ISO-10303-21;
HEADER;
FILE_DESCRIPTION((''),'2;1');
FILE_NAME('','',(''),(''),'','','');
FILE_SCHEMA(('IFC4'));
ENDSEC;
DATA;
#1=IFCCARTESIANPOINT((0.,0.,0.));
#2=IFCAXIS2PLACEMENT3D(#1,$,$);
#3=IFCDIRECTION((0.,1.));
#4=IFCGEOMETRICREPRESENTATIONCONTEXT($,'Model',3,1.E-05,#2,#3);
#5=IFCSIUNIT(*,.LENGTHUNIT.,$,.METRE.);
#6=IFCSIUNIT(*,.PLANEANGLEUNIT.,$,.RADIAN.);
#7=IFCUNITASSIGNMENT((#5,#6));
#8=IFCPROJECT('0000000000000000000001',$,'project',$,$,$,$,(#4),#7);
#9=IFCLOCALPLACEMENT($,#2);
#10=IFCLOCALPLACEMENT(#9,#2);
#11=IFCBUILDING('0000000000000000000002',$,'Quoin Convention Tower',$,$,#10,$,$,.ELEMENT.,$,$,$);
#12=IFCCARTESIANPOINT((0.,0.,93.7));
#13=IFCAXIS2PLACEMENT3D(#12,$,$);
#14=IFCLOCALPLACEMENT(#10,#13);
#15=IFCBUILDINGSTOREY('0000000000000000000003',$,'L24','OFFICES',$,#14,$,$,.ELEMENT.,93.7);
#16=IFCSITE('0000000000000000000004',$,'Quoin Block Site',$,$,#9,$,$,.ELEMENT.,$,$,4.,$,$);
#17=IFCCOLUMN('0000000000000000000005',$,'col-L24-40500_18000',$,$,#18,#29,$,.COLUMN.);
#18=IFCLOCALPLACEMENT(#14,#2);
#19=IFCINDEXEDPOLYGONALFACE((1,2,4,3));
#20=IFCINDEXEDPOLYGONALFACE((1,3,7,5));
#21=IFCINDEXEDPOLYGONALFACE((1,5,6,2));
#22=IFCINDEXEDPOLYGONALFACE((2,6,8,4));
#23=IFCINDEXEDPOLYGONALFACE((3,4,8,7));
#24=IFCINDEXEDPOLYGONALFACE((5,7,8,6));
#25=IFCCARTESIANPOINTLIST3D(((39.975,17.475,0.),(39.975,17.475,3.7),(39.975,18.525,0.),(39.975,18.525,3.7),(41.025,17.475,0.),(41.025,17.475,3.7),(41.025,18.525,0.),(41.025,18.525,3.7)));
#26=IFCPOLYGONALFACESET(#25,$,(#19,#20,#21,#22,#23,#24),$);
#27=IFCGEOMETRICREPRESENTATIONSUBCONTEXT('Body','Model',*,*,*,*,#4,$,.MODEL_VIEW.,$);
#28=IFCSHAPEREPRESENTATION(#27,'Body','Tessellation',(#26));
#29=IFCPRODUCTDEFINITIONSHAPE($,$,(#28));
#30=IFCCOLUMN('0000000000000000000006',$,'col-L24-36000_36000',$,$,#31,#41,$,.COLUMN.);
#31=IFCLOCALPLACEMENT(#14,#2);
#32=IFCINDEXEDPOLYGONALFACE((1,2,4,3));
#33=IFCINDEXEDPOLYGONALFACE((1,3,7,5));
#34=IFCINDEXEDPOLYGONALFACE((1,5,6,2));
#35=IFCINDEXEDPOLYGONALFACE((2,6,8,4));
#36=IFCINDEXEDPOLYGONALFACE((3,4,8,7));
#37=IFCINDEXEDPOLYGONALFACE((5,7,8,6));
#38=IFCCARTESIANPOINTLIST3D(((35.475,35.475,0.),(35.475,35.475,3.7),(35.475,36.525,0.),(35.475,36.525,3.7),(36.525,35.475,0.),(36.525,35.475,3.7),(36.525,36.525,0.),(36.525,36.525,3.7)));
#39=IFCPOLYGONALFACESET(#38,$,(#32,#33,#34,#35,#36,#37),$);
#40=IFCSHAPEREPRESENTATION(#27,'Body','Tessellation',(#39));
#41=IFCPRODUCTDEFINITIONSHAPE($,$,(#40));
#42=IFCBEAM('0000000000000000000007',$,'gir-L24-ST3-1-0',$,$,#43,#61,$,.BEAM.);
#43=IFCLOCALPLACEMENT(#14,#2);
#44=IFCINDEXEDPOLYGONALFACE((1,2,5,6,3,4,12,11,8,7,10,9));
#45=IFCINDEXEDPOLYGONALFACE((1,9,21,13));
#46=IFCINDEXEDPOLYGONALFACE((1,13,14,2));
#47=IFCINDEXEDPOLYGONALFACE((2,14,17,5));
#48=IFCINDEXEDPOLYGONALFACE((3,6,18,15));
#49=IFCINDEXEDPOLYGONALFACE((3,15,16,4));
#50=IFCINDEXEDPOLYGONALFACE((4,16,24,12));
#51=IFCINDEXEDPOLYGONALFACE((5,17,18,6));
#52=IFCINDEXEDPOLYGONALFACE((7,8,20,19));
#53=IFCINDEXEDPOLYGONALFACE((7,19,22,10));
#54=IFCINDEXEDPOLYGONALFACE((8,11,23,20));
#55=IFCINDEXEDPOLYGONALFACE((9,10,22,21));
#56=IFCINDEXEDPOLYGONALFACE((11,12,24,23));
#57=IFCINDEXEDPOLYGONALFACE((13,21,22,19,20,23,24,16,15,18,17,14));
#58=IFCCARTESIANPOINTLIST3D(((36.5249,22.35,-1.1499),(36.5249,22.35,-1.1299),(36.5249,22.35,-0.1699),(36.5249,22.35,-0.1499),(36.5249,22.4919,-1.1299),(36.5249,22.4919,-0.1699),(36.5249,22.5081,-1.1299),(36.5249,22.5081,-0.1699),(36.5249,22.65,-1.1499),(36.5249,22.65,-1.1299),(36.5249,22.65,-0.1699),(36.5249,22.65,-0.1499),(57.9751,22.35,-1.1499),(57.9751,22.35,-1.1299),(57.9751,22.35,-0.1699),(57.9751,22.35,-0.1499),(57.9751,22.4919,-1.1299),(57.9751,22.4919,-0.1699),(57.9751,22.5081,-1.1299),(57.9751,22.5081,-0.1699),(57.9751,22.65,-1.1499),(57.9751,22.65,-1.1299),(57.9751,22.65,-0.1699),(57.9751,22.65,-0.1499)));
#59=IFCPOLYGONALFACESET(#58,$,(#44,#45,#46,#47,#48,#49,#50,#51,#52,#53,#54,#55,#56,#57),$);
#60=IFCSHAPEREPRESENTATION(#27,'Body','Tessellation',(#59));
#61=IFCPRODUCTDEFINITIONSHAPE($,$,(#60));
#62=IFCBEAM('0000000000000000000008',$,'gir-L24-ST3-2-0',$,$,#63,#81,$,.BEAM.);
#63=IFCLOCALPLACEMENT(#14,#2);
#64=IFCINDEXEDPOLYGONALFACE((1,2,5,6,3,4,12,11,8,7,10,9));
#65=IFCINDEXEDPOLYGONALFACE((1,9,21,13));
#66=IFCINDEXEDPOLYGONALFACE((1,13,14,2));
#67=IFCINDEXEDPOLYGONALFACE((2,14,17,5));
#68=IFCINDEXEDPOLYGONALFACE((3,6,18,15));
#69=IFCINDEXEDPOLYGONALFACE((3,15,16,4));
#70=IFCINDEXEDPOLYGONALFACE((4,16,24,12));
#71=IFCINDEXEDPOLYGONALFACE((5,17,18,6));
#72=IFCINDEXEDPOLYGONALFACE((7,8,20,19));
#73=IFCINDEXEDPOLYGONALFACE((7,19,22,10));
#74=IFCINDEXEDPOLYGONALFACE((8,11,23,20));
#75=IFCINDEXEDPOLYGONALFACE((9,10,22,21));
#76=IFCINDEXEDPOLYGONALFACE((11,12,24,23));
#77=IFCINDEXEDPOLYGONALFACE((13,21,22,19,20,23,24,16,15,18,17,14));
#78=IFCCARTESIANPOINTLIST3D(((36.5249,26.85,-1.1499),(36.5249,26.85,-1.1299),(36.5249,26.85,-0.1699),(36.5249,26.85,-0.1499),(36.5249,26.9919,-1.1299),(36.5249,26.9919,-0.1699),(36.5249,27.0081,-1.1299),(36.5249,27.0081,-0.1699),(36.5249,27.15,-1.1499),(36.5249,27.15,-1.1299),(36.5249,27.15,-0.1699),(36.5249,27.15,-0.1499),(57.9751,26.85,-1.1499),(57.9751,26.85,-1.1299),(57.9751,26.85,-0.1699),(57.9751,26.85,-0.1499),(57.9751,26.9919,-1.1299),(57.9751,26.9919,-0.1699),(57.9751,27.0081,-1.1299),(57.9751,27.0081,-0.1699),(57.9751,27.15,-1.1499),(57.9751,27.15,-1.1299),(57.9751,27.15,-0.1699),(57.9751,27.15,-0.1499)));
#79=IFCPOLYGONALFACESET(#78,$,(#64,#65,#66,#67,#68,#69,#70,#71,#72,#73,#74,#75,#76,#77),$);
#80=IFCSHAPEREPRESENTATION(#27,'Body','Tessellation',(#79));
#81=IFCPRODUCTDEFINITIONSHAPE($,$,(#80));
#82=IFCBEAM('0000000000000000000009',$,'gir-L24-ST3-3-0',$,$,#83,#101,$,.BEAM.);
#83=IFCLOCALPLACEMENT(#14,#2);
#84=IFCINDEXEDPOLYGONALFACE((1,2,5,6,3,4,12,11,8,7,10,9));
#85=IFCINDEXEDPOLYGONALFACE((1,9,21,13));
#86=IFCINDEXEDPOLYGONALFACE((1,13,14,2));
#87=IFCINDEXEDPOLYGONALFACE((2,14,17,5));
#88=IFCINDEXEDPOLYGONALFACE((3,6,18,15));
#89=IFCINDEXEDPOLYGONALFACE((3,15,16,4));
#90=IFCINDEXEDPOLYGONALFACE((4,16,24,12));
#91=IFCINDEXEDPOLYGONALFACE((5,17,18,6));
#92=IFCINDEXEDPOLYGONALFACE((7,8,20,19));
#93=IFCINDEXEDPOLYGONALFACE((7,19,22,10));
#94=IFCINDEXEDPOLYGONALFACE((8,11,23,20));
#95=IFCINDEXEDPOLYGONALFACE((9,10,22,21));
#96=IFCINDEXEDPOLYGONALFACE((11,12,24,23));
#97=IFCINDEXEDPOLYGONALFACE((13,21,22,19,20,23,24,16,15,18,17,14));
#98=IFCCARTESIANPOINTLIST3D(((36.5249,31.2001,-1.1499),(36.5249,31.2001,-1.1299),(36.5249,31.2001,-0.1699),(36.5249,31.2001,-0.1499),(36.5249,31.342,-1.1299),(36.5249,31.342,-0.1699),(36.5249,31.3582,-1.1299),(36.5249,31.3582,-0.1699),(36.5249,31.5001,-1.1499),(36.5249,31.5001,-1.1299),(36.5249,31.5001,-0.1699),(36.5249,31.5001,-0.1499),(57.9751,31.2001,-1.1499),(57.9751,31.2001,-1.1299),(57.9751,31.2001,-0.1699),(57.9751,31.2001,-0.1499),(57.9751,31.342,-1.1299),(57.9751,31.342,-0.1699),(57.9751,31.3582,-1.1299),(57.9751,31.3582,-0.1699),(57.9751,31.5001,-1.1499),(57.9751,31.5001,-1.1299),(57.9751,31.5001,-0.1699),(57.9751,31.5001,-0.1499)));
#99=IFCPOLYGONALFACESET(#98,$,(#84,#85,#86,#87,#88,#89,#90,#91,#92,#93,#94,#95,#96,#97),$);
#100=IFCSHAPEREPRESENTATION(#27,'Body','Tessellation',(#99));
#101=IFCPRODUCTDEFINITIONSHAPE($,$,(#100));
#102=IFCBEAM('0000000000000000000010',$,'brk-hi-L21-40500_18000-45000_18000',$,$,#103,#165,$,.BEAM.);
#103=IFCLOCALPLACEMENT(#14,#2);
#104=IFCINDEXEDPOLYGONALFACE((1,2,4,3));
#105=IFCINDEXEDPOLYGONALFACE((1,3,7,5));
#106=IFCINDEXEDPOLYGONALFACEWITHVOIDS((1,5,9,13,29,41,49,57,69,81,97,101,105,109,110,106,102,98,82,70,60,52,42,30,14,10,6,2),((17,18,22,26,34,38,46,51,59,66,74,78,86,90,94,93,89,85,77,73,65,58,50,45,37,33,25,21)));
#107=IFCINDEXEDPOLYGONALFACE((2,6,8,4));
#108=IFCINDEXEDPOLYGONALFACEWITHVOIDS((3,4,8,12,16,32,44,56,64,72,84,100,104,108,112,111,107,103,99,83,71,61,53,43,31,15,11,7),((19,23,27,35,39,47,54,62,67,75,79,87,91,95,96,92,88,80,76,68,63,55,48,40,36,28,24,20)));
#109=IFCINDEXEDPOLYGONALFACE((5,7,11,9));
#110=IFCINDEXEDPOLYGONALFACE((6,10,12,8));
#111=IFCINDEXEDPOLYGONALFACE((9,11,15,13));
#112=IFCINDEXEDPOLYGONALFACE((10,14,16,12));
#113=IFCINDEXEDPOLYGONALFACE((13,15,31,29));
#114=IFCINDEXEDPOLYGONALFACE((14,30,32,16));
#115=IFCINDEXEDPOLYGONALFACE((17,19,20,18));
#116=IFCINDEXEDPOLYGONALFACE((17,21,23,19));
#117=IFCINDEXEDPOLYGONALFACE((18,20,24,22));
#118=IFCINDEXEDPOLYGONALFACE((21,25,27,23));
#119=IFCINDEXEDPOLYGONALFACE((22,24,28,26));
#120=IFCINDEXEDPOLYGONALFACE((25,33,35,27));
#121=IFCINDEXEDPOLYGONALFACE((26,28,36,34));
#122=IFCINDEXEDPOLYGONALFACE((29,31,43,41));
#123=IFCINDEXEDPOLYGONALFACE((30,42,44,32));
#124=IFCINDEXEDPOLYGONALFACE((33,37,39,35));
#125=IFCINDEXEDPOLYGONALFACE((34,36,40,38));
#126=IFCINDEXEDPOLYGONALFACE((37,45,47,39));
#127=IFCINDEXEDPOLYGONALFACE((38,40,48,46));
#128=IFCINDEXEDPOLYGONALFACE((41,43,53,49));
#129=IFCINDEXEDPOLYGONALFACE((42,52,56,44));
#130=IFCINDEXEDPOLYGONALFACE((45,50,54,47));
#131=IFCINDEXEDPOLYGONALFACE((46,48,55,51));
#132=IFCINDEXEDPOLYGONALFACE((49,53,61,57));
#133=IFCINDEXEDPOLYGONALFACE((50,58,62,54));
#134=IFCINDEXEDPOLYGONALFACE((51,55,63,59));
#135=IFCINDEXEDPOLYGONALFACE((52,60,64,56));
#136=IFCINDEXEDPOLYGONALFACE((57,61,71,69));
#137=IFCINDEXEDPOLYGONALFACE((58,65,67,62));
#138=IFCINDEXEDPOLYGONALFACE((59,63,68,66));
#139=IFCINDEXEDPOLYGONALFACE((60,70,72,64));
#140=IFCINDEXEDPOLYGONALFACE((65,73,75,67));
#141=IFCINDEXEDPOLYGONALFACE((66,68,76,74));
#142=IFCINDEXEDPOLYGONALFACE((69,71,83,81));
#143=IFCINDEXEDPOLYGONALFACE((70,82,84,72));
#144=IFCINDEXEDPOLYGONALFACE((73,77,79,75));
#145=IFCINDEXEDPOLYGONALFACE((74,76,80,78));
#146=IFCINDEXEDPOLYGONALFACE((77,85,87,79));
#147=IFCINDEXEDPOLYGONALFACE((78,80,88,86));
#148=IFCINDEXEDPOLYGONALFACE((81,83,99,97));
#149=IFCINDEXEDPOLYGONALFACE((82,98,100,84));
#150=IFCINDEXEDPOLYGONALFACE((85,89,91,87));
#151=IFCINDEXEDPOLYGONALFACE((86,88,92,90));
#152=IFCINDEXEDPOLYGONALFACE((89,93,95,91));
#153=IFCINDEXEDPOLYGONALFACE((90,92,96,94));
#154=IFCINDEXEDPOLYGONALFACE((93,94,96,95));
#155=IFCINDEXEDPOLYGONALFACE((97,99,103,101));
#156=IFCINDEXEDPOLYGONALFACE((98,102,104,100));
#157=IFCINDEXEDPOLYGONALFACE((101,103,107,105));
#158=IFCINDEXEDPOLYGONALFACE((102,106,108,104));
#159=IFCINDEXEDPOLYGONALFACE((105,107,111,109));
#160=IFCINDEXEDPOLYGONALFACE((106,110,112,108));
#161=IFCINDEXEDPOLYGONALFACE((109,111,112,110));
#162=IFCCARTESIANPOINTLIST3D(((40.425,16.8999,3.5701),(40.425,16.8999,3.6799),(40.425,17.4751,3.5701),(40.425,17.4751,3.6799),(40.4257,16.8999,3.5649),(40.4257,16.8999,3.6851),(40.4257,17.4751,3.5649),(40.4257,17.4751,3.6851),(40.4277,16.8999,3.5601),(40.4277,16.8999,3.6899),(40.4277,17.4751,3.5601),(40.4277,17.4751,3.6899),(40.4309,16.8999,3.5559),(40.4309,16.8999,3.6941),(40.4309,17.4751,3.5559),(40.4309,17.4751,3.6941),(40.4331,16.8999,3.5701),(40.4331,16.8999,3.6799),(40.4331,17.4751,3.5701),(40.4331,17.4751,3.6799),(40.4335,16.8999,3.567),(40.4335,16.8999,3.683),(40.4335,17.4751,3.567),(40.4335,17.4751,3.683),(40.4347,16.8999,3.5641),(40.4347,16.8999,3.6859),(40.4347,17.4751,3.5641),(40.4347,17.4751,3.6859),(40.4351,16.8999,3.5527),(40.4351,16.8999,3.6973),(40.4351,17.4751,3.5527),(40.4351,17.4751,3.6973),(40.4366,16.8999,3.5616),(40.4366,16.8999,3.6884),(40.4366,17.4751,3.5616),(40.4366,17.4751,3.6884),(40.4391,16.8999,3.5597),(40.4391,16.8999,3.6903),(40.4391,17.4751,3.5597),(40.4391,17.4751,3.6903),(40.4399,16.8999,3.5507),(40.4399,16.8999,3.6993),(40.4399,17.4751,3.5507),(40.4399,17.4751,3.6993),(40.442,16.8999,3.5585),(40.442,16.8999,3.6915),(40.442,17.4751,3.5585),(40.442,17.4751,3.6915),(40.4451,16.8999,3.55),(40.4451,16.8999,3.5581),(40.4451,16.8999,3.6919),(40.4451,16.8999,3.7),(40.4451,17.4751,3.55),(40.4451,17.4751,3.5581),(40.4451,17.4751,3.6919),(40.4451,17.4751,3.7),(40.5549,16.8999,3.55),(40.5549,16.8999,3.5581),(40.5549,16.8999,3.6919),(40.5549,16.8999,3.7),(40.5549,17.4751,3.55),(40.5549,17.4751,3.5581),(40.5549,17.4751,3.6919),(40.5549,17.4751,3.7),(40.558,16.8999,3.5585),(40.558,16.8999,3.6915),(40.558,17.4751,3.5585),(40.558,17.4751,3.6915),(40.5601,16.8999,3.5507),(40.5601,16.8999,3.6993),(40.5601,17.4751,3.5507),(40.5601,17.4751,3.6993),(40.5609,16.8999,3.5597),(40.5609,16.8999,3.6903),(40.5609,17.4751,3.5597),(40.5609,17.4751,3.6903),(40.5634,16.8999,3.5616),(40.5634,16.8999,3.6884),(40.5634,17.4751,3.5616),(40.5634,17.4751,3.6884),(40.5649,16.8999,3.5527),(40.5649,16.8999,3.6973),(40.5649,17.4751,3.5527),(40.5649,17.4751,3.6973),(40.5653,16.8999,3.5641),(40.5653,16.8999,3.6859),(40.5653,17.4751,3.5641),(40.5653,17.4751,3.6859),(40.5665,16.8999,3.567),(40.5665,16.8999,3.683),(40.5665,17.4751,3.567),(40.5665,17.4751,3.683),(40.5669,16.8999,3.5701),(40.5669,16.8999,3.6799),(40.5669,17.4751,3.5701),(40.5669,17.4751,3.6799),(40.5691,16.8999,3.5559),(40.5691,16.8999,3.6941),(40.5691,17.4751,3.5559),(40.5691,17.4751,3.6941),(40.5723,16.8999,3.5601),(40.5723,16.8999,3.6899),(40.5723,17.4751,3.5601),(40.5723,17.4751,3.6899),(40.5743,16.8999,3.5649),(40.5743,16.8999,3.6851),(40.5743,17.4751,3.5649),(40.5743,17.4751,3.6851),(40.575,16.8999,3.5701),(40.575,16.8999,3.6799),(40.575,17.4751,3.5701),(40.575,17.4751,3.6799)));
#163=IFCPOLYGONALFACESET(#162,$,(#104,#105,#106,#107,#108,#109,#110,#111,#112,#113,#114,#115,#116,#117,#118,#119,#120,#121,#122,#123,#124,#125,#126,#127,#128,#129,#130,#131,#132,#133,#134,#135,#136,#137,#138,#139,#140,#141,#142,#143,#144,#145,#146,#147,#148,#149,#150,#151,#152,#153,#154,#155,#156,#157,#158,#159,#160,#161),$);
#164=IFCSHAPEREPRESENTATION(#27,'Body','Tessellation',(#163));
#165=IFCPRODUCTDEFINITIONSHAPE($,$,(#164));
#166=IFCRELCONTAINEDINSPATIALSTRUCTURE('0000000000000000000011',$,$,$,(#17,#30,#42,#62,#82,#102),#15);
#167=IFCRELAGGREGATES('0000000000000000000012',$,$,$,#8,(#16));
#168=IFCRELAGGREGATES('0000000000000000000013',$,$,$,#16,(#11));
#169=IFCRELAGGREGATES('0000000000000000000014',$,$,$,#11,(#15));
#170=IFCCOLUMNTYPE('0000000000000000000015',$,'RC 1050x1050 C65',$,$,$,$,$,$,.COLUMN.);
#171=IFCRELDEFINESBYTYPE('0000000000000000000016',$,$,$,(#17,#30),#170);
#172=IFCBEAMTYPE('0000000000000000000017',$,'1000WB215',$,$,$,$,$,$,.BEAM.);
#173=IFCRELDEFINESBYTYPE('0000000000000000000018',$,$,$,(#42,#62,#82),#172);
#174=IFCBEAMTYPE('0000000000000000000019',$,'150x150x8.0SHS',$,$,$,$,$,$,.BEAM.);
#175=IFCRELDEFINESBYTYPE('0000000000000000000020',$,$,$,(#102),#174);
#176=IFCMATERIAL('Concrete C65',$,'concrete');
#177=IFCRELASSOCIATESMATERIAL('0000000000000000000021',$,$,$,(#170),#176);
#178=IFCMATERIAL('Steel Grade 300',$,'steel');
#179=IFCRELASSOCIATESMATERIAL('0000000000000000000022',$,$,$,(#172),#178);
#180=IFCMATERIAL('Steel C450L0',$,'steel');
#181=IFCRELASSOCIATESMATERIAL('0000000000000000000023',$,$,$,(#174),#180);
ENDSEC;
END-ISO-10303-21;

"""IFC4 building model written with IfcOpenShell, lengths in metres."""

from ifc_helpers import new_model, si_unit, direction, frame, origin, origin_2d, place, context, subcontext, project, spatial, rectangle, hollow_rectangle, i_section, extrude, material, material_profile, profile_set, type_object, element, save


model = new_model("IFC4")

# Units and contexts
model_context = context("Model", 3, precision=1e-05, world=origin(), true_north=direction((0.0, 1.0)))
body_context = subcontext(model_context, "Body", "Model", "MODEL_VIEW")
ifc_project = project(units=[si_unit("LENGTHUNIT", "METRE"), si_unit("PLANEANGLEUNIT", "RADIAN")], contexts=[model_context])

# Site, building, storey
site_placement = place(None, origin())
site = spatial("IfcSite", under=ifc_project, at=site_placement, Name="Quoin Block Site", CompositionType="ELEMENT", RefElevation=4.0)
building_placement = place(site_placement, origin())
building = spatial("IfcBuilding", under=site, at=building_placement, Name="Quoin Convention Tower", CompositionType="ELEMENT")
storey_placement = place(building_placement, frame((0.0, 0.0, 93.7)))
storey = spatial("IfcBuildingStorey", under=building, at=storey_placement, Name="L24", Description="OFFICES", CompositionType="ELEMENT", Elevation=93.7)

# Columns
ifc_material_1 = material(Name="Concrete C65", Category="concrete")
ifc_material_profile_1 = material_profile(ifc_material_1, rectangle(XDim=1.05, YDim=1.05, at=origin_2d()), Name="RC 1050x1050")
ifc_profile_set_1 = profile_set([ifc_material_profile_1], Name="Concrete C65")
column_type = type_object("IfcColumnType", Name="RC 1050x1050 C65", PredefinedType="COLUMN", material=ifc_profile_set_1)
for number, where, z_axis, x_axis, name in (
    (1, (40.5, 18.0, 0.0), (0.0, 0.0, 1.0), (1.0, 0.0, 0.0), "col-L24-40500_18000"),
    (2, (36.0, 36.0, 0.0), (0.0, 0.0, 1.0), (1.0, 0.0, 0.0), "col-L24-36000_36000"),
):
    element("IfcColumn", number, at=place(storey_placement, frame(where, z_axis=z_axis, x_axis=x_axis)), inside=storey, type_object=column_type, Name=name, PredefinedType="COLUMN", context=body_context, shape_type="SweptSolid", body=[
        extrude(rectangle(XDim=1.05, YDim=1.05, at=origin_2d()), origin(), (0.0, 0.0, 1.0), 3.7),
    ])

# Beams
ifc_material_2 = material(Name="Steel Grade 300", Category="steel")
ifc_material_profile_2 = material_profile(ifc_material_2, i_section(OverallWidth=0.3, OverallDepth=1.0, WebThickness=0.0161, FlangeThickness=0.02, at=origin_2d()), Name="1000WB215")
ifc_profile_set_2 = profile_set([ifc_material_profile_2], Name="Steel Grade 300")
beam_type_1 = type_object("IfcBeamType", Name="1000WB215", PredefinedType="BEAM", material=ifc_profile_set_2)
for number, where, z_axis, x_axis, name in (
    (3, (36.5249, 22.5, -0.6499), (1.0, 0.0, 0.0), (0.0, 1.0, 0.0), "gir-L24-ST3-1-0"),
    (4, (36.5249, 27.0, -0.6499), (1.0, 0.0, 0.0), (0.0, 1.0, 0.0), "gir-L24-ST3-2-0"),
    (5, (36.5249, 31.3501, -0.6499), (1.0, 0.0, 0.0), (0.0, 1.0, 0.0), "gir-L24-ST3-3-0"),
):
    element("IfcBeam", number, at=place(storey_placement, frame(where, z_axis=z_axis, x_axis=x_axis)), inside=storey, type_object=beam_type_1, Name=name, PredefinedType="BEAM", context=body_context, shape_type="SweptSolid", body=[
        extrude(i_section(OverallWidth=0.3, OverallDepth=1.0, WebThickness=0.0161, FlangeThickness=0.02, at=origin_2d()), origin(), (0.0, 0.0, 1.0), 21.4502),
    ])
ifc_material_3 = material(Name="Steel C450L0", Category="steel")
ifc_material_profile_3 = material_profile(ifc_material_3, hollow_rectangle(XDim=0.1499, YDim=0.1499, WallThickness=0.0081, InnerFilletRadius=0.012, OuterFilletRadius=0.02, at=origin_2d()), Name="150x150x8.0SHS")
ifc_profile_set_3 = profile_set([ifc_material_profile_3], Name="Steel C450L0")
beam_type_2 = type_object("IfcBeamType", Name="150x150x8.0SHS", PredefinedType="BEAM", material=ifc_profile_set_3)
beam_1_placement = place(storey_placement, frame((40.5, 17.4751, 3.625), z_axis=(0.0, -1.0, 0.0), x_axis=(1.0, 0.0, 0.0)))
element("IfcBeam", 6, at=beam_1_placement, inside=storey, type_object=beam_type_2, Name="brk-hi-L21-40500_18000-45000_18000", PredefinedType="BEAM", context=body_context, shape_type="SweptSolid", body=[
    extrude(hollow_rectangle(XDim=0.1499, YDim=0.1499, WallThickness=0.0081, InnerFilletRadius=0.012, OuterFilletRadius=0.02, at=origin_2d()), origin(), (0.0, 0.0, 1.0), 0.5752),
])

save(model, "model.ifc")
